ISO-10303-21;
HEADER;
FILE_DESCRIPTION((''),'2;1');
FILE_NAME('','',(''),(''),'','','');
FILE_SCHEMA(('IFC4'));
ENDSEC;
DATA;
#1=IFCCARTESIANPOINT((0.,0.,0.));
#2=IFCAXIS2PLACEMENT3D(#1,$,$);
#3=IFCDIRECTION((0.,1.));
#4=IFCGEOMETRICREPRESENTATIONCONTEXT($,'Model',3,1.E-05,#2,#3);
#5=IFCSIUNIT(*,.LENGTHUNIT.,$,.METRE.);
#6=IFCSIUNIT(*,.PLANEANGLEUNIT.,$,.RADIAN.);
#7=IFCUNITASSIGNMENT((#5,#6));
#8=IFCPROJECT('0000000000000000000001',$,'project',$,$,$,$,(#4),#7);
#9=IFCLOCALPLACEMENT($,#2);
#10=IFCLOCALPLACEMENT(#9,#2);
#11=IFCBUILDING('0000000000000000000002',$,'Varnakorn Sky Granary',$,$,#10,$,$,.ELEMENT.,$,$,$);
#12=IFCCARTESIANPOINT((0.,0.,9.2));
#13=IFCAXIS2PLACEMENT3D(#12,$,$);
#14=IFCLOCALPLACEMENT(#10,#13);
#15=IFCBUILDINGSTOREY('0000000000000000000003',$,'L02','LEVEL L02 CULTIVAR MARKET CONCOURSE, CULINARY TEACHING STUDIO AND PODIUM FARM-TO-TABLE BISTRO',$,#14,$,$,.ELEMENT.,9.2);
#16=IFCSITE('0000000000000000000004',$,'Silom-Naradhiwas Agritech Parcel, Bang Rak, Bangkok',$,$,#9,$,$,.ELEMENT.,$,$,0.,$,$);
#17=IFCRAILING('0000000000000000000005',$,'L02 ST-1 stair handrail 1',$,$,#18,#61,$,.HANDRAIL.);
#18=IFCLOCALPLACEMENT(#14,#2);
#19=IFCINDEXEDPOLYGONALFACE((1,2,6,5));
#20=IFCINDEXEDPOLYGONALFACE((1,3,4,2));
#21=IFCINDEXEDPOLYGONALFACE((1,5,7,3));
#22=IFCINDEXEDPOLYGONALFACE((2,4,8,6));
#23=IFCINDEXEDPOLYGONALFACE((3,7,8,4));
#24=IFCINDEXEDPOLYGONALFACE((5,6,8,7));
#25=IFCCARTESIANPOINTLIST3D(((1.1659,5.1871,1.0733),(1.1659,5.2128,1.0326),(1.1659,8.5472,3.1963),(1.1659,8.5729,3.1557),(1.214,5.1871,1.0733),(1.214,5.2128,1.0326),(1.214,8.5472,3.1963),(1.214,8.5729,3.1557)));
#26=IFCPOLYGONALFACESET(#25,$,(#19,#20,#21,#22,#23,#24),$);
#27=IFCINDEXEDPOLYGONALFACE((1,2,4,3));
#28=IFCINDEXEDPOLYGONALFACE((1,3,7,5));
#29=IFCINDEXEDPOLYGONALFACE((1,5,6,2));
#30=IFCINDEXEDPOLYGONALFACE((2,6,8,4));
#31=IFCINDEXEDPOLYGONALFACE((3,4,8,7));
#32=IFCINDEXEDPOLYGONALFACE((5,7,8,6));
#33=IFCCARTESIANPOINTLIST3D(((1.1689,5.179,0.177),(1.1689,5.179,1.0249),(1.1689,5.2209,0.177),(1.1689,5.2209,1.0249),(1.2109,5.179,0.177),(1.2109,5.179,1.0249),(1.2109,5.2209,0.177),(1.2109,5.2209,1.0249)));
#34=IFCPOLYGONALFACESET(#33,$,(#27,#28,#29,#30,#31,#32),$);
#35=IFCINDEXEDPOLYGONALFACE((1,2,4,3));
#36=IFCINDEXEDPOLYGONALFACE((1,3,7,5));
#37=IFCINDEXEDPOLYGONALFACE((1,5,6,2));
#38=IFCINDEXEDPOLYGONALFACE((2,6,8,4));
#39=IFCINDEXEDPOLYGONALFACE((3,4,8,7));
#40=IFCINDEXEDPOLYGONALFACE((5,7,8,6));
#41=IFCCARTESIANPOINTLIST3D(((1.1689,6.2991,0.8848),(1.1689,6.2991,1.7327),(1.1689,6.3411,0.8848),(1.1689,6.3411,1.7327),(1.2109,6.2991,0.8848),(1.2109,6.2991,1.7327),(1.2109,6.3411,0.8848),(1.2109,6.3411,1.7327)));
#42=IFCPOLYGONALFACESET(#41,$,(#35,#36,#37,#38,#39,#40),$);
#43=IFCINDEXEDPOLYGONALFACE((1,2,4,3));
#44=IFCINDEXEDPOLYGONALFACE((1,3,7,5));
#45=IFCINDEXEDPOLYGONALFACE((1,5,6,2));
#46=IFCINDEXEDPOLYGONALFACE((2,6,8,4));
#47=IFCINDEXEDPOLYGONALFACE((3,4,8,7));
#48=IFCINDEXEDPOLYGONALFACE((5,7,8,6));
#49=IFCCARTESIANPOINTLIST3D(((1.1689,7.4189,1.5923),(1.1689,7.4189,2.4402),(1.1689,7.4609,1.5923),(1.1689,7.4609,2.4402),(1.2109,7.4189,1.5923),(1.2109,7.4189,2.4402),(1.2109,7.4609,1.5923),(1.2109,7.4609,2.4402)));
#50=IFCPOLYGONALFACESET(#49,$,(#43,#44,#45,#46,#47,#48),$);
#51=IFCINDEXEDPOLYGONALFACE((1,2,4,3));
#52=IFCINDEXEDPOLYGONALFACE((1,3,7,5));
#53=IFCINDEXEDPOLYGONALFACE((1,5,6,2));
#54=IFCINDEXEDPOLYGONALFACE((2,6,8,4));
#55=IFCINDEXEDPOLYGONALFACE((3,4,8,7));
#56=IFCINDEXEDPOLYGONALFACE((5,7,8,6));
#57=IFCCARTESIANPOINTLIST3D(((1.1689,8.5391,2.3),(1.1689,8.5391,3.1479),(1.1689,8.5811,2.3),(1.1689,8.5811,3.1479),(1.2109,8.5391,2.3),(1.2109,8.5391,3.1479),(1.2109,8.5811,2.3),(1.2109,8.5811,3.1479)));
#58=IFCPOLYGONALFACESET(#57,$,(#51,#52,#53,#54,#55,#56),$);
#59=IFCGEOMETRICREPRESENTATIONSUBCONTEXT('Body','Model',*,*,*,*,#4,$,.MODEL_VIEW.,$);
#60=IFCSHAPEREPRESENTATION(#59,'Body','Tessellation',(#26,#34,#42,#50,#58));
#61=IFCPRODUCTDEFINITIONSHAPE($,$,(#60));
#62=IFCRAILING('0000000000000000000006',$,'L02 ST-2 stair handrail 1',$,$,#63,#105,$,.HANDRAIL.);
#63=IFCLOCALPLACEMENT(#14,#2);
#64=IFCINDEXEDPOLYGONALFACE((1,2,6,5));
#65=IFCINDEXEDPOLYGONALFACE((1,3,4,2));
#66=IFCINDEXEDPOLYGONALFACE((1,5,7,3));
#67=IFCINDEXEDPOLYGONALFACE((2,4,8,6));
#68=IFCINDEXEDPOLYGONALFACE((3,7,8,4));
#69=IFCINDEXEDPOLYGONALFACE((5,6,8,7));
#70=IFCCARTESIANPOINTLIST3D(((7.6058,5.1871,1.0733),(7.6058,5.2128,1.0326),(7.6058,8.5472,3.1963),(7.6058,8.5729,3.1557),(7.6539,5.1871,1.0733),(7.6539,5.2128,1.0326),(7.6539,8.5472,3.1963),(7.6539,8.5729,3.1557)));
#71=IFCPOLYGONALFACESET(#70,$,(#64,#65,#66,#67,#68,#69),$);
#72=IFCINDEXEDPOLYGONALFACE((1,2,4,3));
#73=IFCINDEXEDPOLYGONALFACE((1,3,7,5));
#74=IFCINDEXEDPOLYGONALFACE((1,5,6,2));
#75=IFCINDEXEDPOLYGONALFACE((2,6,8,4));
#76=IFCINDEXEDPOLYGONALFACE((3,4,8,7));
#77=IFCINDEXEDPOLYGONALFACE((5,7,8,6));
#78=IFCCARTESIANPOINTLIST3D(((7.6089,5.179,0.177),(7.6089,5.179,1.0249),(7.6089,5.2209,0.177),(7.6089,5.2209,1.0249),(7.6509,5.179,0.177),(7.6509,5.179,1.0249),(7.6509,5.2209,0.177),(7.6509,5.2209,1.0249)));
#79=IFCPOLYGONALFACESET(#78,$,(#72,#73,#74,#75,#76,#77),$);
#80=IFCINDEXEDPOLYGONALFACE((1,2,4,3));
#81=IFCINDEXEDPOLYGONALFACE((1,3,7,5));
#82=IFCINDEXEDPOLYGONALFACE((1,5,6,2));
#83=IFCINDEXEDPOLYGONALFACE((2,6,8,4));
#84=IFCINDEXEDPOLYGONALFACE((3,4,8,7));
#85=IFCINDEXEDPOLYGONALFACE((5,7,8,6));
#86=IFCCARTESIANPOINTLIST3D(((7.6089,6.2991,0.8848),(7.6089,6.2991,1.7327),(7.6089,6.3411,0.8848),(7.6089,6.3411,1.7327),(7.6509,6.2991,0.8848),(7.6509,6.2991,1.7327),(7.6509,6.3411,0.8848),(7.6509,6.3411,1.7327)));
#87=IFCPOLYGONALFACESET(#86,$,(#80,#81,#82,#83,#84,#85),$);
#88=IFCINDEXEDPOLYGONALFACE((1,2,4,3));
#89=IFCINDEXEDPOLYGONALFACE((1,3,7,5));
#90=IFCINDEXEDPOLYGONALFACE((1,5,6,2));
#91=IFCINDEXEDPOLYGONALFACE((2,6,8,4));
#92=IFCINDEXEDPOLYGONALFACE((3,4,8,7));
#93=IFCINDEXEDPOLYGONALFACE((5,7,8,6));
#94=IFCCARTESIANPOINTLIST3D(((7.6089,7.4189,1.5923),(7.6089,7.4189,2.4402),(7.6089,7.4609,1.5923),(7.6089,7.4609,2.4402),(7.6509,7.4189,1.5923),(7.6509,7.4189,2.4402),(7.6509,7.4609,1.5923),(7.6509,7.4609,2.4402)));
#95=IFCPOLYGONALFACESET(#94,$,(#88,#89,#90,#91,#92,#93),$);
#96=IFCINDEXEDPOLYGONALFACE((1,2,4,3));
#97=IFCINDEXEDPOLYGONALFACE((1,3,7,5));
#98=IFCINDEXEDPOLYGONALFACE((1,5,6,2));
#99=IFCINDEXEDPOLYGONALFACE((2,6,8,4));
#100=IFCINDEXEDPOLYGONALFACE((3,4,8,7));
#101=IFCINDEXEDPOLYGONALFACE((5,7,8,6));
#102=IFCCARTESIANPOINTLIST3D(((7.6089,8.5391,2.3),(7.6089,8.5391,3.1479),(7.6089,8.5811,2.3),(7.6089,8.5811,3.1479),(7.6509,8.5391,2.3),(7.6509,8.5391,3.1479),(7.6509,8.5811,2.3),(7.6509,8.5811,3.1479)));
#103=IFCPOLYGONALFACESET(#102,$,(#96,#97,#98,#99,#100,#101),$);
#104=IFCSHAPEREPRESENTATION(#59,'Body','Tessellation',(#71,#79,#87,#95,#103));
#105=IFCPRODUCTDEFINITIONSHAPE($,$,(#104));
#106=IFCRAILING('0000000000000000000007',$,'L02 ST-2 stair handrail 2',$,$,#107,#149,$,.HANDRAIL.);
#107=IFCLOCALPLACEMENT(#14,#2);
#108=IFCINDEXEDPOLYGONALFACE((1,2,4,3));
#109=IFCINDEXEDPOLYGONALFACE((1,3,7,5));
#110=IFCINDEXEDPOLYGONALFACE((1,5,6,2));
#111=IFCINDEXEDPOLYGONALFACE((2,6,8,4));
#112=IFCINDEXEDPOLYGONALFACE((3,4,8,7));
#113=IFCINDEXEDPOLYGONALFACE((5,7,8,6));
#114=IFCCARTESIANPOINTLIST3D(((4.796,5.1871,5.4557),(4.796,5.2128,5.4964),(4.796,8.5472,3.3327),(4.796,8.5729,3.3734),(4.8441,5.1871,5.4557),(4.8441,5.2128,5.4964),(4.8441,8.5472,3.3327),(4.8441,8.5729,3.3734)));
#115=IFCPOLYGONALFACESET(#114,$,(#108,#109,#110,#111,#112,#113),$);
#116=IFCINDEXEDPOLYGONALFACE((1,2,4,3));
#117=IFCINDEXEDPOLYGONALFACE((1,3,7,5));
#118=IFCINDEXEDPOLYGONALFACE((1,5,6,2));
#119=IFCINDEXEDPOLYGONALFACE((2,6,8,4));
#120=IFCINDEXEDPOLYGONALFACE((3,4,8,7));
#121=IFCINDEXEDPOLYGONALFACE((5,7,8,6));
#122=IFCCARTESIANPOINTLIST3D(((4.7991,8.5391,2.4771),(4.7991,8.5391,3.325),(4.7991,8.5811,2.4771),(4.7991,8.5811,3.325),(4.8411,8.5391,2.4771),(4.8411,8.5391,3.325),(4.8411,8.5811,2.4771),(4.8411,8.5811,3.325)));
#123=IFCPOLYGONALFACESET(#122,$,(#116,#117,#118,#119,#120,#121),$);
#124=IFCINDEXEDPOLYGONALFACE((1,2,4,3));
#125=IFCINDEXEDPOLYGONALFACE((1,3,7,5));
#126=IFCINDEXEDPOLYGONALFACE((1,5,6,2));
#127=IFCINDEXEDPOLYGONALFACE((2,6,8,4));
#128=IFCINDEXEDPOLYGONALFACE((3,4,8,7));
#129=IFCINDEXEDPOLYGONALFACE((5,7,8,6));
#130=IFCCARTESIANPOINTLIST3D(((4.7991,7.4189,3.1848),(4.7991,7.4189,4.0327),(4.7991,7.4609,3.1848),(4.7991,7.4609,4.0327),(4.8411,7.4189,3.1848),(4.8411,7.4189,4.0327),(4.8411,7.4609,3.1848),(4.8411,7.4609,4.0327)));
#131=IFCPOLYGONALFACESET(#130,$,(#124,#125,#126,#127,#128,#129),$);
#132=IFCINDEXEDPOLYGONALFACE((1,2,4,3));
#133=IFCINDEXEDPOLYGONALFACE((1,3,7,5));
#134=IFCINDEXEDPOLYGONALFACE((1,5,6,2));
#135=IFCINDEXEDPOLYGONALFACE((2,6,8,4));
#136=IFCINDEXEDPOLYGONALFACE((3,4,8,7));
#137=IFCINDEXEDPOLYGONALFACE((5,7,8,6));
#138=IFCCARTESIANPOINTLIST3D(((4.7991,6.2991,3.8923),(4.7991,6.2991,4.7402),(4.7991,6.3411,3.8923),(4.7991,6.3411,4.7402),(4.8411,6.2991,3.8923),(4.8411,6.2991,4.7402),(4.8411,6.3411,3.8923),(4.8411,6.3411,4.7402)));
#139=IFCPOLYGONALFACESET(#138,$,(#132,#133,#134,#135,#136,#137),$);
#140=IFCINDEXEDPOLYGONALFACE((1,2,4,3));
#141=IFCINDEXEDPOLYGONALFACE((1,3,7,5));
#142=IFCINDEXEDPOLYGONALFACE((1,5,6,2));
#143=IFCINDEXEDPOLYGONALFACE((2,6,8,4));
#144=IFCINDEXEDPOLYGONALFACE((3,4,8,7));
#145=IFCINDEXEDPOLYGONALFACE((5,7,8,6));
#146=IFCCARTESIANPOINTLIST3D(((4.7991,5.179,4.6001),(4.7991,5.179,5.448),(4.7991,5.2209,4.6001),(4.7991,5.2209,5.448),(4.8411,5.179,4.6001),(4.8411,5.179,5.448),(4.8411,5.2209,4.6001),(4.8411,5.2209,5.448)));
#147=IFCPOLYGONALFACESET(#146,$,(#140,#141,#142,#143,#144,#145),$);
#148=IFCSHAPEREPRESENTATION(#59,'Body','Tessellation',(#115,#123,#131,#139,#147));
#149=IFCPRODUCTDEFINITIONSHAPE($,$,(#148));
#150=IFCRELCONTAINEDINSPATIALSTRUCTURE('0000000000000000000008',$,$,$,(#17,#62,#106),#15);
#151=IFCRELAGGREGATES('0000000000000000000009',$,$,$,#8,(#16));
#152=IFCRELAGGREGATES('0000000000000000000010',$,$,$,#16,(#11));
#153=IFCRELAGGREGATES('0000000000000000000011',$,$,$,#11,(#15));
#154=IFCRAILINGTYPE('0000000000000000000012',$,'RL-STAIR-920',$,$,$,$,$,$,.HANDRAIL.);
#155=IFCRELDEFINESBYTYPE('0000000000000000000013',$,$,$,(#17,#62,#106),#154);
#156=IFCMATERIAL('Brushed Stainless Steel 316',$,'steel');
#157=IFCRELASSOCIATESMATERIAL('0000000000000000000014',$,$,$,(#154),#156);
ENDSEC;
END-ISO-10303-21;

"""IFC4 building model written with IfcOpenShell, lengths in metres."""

from ifc_helpers import new_model, si_unit, direction, frame, origin, origin_2d, place, context, subcontext, project, spatial, rectangle, extrude, material, type_object, element, save


model = new_model("IFC4")

# Units and contexts
model_context = context("Model", 3, precision=1e-05, world=origin(), true_north=direction((0.0, 1.0)))
body_context = subcontext(model_context, "Body", "Model", "MODEL_VIEW")
ifc_project = project(units=[si_unit("LENGTHUNIT", "METRE"), si_unit("PLANEANGLEUNIT", "RADIAN")], contexts=[model_context])

# Site, building, storey
site_placement = place(None, origin())
site = spatial("IfcSite", under=ifc_project, at=site_placement, Name="Silom-Naradhiwas Agritech Parcel, Bang Rak, Bangkok", CompositionType="ELEMENT", RefElevation=0.0)
building_placement = place(site_placement, origin())
building = spatial("IfcBuilding", under=site, at=building_placement, Name="Varnakorn Sky Granary", CompositionType="ELEMENT")
storey_placement = place(building_placement, frame((0.0, 0.0, 9.2)))
storey = spatial("IfcBuildingStorey", under=building, at=storey_placement, Name="L02", Description="LEVEL L02 CULTIVAR MARKET CONCOURSE, CULINARY TEACHING STUDIO AND PODIUM FARM-TO-TABLE BISTRO", CompositionType="ELEMENT", Elevation=9.2)

# Railings
ifc_material_1 = material(Name="Brushed Stainless Steel 316", Category="steel")
railing_type_1 = type_object("IfcRailingType", Name="RL-STAIR-920", PredefinedType="HANDRAIL", material=ifc_material_1)
for number, where, name in (
    (1, (1.1899, 5.2, 0.177), "L02 ST-1 stair handrail 1"),
    (2, (7.6299, 5.2, 0.177), "L02 ST-2 stair handrail 1"),
):
    element("IfcRailing", number, at=place(storey_placement, frame(where)), inside=storey, type_object=railing_type_1, Name=name, PredefinedType="HANDRAIL", context=body_context, shape_type="SweptSolid", body=[
        extrude(rectangle(XDim=0.0481, YDim=0.0481, at=origin_2d()), frame((0.0, 0.0, 0.876), z_axis=(0.0, 0.84539, 0.53415), x_axis=(-1.0, 0.0, 0.0)), (0.0, 0.0, 1.0), 3.9746),
        extrude(rectangle(XDim=0.042, YDim=0.042, at=origin_2d()), origin(), (0.0, 0.0, 1.0), 0.8479),
        extrude(rectangle(XDim=0.042, YDim=0.042, at=origin_2d()), frame((0.0, 1.1201, 0.7078)), (0.0, 0.0, 1.0), 0.8479),
        extrude(rectangle(XDim=0.042, YDim=0.042, at=origin_2d()), frame((0.0, 2.24, 1.4153)), (0.0, 0.0, 1.0), 0.8479),
        extrude(rectangle(XDim=0.042, YDim=0.042, at=origin_2d()), frame((0.0, 3.3601, 2.123)), (0.0, 0.0, 1.0), 0.8479),
    ])
railing_1_placement = place(storey_placement, frame((4.8201, 8.5601, 2.4771)))
element("IfcRailing", 3, at=railing_1_placement, inside=storey, type_object=railing_type_1, Name="L02 ST-2 stair handrail 2", PredefinedType="HANDRAIL", context=body_context, shape_type="SweptSolid", body=[
    extrude(rectangle(XDim=0.0481, YDim=0.0481, at=origin_2d()), frame((0.0, 0.0, 0.876), z_axis=(0.0, -0.84539, 0.53415), x_axis=(1.0, 0.0, 0.0)), (0.0, 0.0, 1.0), 3.9746),
    extrude(rectangle(XDim=0.042, YDim=0.042, at=origin_2d()), origin(), (0.0, 0.0, 1.0), 0.8479),
    extrude(rectangle(XDim=0.042, YDim=0.042, at=origin_2d()), frame((0.0, -1.1201, 0.7078)), (0.0, 0.0, 1.0), 0.8479),
    extrude(rectangle(XDim=0.042, YDim=0.042, at=origin_2d()), frame((0.0, -2.24, 1.4153)), (0.0, 0.0, 1.0), 0.8479),
    extrude(rectangle(XDim=0.042, YDim=0.042, at=origin_2d()), frame((0.0, -3.3601, 2.123)), (0.0, 0.0, 1.0), 0.8479),
])

save(model, "model.ifc")
